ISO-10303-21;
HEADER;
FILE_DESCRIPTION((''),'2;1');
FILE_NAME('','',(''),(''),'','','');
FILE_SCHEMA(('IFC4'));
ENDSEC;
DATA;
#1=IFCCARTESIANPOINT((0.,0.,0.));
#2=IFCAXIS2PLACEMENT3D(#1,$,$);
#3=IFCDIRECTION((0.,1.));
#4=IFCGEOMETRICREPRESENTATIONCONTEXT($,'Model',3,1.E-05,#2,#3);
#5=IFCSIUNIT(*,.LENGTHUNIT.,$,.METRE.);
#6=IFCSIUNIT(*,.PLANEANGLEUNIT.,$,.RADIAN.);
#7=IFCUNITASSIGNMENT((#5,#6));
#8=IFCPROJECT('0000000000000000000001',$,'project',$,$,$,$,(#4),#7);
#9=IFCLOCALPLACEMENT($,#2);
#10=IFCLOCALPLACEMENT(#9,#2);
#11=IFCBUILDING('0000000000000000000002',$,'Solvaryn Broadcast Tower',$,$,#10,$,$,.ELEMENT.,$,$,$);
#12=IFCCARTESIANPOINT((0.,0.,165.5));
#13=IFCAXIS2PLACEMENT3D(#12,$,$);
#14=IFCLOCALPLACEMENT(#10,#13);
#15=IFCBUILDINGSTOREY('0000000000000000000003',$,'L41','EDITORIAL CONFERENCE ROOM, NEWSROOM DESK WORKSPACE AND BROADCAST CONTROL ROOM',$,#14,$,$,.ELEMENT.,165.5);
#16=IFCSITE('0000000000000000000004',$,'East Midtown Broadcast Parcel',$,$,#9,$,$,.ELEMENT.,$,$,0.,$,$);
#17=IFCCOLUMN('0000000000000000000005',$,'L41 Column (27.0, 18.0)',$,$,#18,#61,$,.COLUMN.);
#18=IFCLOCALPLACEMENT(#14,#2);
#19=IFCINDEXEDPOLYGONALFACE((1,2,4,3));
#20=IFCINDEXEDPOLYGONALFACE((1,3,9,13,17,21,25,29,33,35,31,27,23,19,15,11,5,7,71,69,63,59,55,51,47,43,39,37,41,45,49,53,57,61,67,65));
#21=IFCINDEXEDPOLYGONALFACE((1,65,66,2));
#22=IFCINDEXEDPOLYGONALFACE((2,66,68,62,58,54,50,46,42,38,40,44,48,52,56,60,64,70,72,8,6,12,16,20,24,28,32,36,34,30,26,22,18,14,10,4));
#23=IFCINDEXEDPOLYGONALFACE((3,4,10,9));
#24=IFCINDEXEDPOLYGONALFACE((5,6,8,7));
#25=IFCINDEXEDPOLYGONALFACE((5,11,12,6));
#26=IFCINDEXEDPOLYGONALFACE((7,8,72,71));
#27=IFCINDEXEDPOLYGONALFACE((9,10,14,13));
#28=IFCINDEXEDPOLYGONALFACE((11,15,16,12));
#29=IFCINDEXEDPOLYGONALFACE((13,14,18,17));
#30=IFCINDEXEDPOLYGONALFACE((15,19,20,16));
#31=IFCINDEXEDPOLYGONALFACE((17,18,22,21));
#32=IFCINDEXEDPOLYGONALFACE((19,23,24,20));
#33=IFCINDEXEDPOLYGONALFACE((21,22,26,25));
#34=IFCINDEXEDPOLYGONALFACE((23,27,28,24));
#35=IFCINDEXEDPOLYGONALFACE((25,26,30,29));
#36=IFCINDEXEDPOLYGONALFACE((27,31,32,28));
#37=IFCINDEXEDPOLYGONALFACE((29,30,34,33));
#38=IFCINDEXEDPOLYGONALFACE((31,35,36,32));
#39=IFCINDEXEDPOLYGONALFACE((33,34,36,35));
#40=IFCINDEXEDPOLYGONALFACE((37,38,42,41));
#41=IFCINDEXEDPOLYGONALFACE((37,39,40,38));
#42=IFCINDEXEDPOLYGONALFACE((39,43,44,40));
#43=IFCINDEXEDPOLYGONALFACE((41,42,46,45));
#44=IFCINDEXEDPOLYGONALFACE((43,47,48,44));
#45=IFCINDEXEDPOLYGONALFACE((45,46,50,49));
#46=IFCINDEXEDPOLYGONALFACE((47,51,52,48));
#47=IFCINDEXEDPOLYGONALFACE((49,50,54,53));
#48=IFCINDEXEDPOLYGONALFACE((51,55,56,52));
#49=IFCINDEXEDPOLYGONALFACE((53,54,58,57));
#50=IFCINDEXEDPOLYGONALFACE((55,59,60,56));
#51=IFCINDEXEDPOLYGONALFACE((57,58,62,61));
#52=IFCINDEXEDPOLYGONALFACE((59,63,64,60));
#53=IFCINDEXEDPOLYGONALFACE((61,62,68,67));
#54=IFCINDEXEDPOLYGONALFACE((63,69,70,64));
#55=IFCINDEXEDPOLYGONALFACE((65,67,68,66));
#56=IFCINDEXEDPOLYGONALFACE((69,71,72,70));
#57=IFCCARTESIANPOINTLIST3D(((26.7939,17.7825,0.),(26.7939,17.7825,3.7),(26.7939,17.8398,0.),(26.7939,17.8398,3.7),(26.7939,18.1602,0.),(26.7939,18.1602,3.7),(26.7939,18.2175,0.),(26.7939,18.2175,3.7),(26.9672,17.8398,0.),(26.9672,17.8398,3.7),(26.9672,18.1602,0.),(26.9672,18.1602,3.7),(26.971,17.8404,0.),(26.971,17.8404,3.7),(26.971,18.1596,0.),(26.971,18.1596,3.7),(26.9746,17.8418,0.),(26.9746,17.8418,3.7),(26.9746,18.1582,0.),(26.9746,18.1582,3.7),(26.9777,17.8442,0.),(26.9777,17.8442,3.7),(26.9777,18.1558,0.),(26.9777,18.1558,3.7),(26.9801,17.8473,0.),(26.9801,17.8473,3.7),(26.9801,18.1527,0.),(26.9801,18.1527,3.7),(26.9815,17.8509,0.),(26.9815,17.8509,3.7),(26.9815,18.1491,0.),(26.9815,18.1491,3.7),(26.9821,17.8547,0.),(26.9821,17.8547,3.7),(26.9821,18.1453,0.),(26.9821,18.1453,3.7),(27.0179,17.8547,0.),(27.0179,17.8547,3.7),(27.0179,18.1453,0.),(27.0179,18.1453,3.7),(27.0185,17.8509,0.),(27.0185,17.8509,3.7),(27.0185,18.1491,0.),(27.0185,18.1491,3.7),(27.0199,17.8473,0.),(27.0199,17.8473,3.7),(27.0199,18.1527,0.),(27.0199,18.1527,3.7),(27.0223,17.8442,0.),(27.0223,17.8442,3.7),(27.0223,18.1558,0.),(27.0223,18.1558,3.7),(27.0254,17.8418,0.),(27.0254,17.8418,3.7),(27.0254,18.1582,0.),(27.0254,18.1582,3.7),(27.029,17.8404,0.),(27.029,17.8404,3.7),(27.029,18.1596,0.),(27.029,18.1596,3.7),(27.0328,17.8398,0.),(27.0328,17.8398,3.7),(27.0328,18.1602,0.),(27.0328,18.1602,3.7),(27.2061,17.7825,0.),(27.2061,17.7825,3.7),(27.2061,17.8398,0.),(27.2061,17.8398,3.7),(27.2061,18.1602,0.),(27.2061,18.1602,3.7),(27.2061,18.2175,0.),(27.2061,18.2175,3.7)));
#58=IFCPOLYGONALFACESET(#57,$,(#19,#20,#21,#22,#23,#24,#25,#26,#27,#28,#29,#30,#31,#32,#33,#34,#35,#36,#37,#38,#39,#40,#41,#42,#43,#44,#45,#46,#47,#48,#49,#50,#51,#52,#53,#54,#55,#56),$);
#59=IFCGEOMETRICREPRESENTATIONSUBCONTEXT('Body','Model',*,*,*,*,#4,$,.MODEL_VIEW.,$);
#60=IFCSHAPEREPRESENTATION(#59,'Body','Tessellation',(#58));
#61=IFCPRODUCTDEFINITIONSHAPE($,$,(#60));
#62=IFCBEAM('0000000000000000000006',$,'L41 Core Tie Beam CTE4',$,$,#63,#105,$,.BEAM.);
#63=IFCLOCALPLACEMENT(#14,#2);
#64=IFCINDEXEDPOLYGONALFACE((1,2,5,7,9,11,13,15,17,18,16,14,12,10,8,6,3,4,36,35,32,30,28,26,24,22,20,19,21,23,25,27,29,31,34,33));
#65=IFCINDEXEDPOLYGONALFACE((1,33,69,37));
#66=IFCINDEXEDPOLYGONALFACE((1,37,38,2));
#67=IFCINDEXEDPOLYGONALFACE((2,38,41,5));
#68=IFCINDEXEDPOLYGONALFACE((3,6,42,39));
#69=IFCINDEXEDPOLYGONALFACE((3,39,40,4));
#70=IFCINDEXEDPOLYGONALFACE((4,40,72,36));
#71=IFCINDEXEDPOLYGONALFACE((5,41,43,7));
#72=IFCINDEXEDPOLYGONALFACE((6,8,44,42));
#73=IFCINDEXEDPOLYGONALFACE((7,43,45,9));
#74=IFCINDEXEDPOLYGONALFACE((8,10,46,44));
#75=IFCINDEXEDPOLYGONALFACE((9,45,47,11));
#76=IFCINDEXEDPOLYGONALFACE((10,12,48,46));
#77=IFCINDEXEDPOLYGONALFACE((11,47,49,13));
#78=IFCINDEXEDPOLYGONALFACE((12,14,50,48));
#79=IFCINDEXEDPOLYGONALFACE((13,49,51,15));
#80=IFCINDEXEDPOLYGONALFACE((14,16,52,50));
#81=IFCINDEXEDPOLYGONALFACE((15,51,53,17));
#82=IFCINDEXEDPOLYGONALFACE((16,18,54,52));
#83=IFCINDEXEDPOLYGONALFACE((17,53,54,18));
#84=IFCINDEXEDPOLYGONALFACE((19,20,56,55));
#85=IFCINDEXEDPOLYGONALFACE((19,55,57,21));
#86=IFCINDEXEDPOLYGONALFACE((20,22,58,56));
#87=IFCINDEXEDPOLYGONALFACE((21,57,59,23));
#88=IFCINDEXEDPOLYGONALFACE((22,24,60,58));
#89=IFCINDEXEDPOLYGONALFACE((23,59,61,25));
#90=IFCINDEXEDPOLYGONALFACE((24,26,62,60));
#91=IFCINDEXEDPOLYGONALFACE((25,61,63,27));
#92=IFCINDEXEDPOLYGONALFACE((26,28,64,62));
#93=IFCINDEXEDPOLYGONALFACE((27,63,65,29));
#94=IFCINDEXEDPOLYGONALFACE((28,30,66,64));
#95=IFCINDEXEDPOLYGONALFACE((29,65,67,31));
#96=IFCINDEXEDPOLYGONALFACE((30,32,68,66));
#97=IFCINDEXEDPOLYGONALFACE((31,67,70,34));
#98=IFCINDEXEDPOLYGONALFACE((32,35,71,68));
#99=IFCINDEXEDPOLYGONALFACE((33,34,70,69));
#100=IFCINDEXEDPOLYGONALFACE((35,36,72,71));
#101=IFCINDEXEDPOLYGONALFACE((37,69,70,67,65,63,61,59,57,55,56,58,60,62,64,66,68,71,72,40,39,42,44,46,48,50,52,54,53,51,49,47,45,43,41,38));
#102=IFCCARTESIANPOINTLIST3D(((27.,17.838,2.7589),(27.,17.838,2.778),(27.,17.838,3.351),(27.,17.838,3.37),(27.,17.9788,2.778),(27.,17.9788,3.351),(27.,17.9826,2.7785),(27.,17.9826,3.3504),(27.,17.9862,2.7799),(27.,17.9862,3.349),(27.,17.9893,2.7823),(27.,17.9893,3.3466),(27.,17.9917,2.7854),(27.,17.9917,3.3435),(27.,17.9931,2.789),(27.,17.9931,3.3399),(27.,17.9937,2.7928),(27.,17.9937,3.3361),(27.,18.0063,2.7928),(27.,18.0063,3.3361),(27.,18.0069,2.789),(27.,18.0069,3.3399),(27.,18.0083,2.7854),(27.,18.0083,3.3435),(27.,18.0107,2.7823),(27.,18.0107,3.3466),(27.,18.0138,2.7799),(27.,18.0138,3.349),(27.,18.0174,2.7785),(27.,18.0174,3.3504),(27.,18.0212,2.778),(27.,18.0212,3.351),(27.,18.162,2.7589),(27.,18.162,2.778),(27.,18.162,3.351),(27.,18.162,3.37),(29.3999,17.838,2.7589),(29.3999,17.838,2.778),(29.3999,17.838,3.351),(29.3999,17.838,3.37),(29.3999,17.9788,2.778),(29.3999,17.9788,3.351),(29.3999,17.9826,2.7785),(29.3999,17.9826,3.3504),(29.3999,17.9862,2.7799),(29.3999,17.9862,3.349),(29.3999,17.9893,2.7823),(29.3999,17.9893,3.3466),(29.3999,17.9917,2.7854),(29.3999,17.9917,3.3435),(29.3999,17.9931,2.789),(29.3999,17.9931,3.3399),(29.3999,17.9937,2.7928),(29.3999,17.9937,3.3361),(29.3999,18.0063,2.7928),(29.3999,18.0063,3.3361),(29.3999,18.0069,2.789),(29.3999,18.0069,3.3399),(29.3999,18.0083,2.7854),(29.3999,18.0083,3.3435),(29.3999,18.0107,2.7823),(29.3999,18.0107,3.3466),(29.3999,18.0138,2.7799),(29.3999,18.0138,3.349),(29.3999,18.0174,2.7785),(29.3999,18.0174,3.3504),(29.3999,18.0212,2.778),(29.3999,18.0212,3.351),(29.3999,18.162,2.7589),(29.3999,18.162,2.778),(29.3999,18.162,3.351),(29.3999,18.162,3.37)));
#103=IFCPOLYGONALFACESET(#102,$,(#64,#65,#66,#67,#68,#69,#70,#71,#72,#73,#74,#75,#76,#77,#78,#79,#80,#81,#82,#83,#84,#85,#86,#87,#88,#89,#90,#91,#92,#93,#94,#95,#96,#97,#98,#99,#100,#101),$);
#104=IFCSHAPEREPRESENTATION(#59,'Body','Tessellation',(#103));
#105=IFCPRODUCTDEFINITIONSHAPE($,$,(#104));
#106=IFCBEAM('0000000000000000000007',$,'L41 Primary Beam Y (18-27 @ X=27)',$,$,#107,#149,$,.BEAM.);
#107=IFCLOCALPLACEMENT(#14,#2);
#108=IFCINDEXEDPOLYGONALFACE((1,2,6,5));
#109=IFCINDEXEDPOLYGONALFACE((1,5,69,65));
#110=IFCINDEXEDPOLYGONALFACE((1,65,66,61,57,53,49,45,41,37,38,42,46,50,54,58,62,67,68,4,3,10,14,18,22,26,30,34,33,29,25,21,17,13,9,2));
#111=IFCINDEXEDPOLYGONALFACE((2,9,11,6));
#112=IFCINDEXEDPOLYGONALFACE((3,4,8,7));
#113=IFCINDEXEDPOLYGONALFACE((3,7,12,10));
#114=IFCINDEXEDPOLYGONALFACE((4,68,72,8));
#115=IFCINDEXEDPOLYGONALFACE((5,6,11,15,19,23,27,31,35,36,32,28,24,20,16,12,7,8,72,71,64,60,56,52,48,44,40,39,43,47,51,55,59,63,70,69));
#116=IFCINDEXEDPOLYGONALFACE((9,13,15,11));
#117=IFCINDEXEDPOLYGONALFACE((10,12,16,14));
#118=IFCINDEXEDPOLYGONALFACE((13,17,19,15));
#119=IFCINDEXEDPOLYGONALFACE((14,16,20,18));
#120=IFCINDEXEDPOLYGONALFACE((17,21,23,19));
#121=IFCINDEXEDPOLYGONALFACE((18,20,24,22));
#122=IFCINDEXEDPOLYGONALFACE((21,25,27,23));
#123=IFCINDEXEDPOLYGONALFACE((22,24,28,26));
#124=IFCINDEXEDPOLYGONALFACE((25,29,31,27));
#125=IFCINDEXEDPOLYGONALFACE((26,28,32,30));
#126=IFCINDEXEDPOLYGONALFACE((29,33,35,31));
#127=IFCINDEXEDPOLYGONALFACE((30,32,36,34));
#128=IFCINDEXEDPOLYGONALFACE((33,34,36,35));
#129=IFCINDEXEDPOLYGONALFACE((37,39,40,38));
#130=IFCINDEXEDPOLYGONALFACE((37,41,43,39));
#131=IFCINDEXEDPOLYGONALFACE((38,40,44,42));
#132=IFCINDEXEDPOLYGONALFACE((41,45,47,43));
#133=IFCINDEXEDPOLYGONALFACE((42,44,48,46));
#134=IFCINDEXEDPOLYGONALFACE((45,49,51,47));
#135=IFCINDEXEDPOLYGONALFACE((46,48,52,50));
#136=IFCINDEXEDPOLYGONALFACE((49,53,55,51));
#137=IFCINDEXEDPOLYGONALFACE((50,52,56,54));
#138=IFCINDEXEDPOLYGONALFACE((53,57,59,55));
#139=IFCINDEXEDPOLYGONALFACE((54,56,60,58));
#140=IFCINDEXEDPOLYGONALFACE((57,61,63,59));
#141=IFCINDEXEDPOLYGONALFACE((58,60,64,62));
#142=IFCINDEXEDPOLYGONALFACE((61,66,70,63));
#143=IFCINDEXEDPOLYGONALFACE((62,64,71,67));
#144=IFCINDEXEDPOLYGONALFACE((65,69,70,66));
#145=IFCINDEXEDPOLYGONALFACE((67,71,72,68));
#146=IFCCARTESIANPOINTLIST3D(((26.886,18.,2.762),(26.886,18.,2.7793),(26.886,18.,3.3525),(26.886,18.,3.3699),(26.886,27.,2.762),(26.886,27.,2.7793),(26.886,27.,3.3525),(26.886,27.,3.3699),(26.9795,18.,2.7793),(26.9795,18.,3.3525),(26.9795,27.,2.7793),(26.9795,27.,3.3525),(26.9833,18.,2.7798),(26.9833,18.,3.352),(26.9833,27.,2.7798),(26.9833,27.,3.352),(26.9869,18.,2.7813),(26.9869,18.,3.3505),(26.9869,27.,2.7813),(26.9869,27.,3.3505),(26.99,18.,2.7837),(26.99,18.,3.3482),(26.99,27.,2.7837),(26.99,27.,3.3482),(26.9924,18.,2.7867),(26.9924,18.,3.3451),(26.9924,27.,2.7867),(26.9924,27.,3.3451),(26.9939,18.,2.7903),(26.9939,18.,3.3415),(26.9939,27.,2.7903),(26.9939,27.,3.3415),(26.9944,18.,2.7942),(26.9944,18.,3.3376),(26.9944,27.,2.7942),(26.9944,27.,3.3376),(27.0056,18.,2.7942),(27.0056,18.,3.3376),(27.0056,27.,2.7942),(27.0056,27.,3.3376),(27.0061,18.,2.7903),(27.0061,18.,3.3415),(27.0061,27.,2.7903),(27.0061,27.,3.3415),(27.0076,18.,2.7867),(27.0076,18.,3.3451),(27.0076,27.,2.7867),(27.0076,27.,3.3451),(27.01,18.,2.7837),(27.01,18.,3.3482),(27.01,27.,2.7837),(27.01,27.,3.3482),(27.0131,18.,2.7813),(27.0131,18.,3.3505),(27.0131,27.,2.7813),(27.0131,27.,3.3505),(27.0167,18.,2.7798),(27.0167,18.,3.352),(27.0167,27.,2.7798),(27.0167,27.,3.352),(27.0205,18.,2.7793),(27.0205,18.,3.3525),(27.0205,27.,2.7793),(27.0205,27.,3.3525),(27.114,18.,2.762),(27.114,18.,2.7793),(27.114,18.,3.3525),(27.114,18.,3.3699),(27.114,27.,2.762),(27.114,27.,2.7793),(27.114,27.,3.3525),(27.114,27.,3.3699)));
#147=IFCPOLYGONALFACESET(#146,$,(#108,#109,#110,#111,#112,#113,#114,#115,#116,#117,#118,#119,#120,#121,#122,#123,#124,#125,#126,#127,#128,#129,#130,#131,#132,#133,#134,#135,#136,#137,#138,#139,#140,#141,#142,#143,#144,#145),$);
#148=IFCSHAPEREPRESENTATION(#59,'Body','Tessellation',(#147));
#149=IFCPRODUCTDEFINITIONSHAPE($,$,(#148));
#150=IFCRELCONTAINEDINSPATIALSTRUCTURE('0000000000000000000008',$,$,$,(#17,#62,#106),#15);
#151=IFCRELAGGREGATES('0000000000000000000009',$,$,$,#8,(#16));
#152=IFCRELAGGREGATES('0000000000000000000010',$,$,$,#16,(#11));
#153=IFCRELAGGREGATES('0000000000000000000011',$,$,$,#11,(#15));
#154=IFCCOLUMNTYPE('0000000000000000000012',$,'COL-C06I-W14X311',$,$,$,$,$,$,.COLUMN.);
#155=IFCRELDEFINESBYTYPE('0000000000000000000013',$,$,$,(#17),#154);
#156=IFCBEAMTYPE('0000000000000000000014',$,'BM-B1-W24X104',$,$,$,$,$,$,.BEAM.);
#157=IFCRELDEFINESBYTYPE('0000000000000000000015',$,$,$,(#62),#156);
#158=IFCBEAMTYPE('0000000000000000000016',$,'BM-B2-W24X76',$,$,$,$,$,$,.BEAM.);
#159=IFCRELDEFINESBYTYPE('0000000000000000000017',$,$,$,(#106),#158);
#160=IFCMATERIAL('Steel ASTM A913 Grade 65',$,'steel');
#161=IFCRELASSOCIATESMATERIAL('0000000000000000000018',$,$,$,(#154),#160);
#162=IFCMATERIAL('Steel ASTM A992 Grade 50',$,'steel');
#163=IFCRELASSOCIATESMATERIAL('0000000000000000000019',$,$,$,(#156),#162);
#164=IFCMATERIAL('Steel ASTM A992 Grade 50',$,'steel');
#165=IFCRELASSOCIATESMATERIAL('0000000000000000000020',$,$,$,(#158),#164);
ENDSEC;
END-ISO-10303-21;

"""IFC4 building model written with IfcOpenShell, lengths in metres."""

from ifc_helpers import new_model, si_unit, direction, frame, origin, origin_2d, place, context, subcontext, project, spatial, i_section, extrude, material, material_profile, profile_set, type_object, element, save


model = new_model("IFC4")

# Units and contexts
model_context = context("Model", 3, precision=1e-05, world=origin(), true_north=direction((0.0, 1.0)))
body_context = subcontext(model_context, "Body", "Model", "MODEL_VIEW")
ifc_project = project(units=[si_unit("LENGTHUNIT", "METRE"), si_unit("PLANEANGLEUNIT", "RADIAN")], contexts=[model_context])

# Site, building, storey
site_placement = place(None, origin())
site = spatial("IfcSite", under=ifc_project, at=site_placement, Name="East Midtown Broadcast Parcel", CompositionType="ELEMENT", RefElevation=0.0)
building_placement = place(site_placement, origin())
building = spatial("IfcBuilding", under=site, at=building_placement, Name="Solvaryn Broadcast Tower", CompositionType="ELEMENT")
storey_placement = place(building_placement, frame((0.0, 0.0, 165.5)))
storey = spatial("IfcBuildingStorey", under=building, at=storey_placement, Name="L41", Description="EDITORIAL CONFERENCE ROOM, NEWSROOM DESK WORKSPACE AND BROADCAST CONTROL ROOM", CompositionType="ELEMENT", Elevation=165.5)

# Column
ifc_material_1 = material(Name="Steel ASTM A913 Grade 65", Category="steel")
ifc_material_profile_1 = material_profile(ifc_material_1, i_section(OverallWidth=0.4121, OverallDepth=0.4351, WebThickness=0.0359, FlangeThickness=0.0574, FilletRadius=0.0149, at=origin_2d()))
ifc_profile_set_1 = profile_set([ifc_material_profile_1], Name="Steel ASTM A913 Grade 65")
column_type = type_object("IfcColumnType", Name="COL-C06I-W14X311", PredefinedType="COLUMN", material=ifc_profile_set_1)
column_placement = place(storey_placement, frame((27.0, 18.0, 0.0), z_axis=(0.0, 0.0, 1.0), x_axis=(1.0, 0.0, 0.0)))
element("IfcColumn", 1, at=column_placement, inside=storey, type_object=column_type, Name="L41 Column (27.0, 18.0)", PredefinedType="COLUMN", context=body_context, shape_type="SweptSolid", body=[
    extrude(i_section(OverallWidth=0.4121, OverallDepth=0.4351, WebThickness=0.0359, FlangeThickness=0.0574, FilletRadius=0.0149, at=origin_2d()), origin(), (0.0, 0.0, 1.0), 3.7),
])

# Beams
ifc_material_2 = material(Name="Steel ASTM A992 Grade 50", Category="steel")
ifc_material_profile_2 = material_profile(ifc_material_2, i_section(OverallWidth=0.324, OverallDepth=0.6111, WebThickness=0.0127, FlangeThickness=0.019, FilletRadius=0.0149, at=origin_2d()))
ifc_profile_set_2 = profile_set([ifc_material_profile_2], Name="Steel ASTM A992 Grade 50")
beam_type_1 = type_object("IfcBeamType", Name="BM-B1-W24X104", PredefinedType="BEAM", material=ifc_profile_set_2)
beam_1_placement = place(storey_placement, frame((27.0, 18.0, 3.0645), z_axis=(1.0, 0.0, 0.0), x_axis=(0.0, 1.0, 0.0)))
element("IfcBeam", 2, at=beam_1_placement, inside=storey, type_object=beam_type_1, Name="L41 Core Tie Beam CTE4", PredefinedType="BEAM", context=body_context, shape_type="SweptSolid", body=[
    extrude(i_section(OverallWidth=0.324, OverallDepth=0.6111, WebThickness=0.0127, FlangeThickness=0.019, FilletRadius=0.0149, at=origin_2d()), origin(), (0.0, 0.0, 1.0), 2.3999),
])
ifc_material_3 = material(Name="Steel ASTM A992 Grade 50", Category="steel")
ifc_material_profile_3 = material_profile(ifc_material_3, i_section(OverallWidth=0.228, OverallDepth=0.6079, WebThickness=0.0112, FlangeThickness=0.0173, FilletRadius=0.0149, at=origin_2d()))
ifc_profile_set_3 = profile_set([ifc_material_profile_3], Name="Steel ASTM A992 Grade 50")
beam_type_2 = type_object("IfcBeamType", Name="BM-B2-W24X76", PredefinedType="BEAM", material=ifc_profile_set_3)
beam_2_placement = place(storey_placement, frame((27.0, 18.0, 3.0659), z_axis=(0.0, 1.0, 0.0), x_axis=(-1.0, 0.0, 0.0)))
element("IfcBeam", 3, at=beam_2_placement, inside=storey, type_object=beam_type_2, Name="L41 Primary Beam Y (18-27 @ X=27)", PredefinedType="BEAM", context=body_context, shape_type="SweptSolid", body=[
    extrude(i_section(OverallWidth=0.228, OverallDepth=0.6079, WebThickness=0.0112, FlangeThickness=0.0173, FilletRadius=0.0149, at=origin_2d()), origin(), (0.0, 0.0, 1.0), 9.0),
])

save(model, "model.ifc")
